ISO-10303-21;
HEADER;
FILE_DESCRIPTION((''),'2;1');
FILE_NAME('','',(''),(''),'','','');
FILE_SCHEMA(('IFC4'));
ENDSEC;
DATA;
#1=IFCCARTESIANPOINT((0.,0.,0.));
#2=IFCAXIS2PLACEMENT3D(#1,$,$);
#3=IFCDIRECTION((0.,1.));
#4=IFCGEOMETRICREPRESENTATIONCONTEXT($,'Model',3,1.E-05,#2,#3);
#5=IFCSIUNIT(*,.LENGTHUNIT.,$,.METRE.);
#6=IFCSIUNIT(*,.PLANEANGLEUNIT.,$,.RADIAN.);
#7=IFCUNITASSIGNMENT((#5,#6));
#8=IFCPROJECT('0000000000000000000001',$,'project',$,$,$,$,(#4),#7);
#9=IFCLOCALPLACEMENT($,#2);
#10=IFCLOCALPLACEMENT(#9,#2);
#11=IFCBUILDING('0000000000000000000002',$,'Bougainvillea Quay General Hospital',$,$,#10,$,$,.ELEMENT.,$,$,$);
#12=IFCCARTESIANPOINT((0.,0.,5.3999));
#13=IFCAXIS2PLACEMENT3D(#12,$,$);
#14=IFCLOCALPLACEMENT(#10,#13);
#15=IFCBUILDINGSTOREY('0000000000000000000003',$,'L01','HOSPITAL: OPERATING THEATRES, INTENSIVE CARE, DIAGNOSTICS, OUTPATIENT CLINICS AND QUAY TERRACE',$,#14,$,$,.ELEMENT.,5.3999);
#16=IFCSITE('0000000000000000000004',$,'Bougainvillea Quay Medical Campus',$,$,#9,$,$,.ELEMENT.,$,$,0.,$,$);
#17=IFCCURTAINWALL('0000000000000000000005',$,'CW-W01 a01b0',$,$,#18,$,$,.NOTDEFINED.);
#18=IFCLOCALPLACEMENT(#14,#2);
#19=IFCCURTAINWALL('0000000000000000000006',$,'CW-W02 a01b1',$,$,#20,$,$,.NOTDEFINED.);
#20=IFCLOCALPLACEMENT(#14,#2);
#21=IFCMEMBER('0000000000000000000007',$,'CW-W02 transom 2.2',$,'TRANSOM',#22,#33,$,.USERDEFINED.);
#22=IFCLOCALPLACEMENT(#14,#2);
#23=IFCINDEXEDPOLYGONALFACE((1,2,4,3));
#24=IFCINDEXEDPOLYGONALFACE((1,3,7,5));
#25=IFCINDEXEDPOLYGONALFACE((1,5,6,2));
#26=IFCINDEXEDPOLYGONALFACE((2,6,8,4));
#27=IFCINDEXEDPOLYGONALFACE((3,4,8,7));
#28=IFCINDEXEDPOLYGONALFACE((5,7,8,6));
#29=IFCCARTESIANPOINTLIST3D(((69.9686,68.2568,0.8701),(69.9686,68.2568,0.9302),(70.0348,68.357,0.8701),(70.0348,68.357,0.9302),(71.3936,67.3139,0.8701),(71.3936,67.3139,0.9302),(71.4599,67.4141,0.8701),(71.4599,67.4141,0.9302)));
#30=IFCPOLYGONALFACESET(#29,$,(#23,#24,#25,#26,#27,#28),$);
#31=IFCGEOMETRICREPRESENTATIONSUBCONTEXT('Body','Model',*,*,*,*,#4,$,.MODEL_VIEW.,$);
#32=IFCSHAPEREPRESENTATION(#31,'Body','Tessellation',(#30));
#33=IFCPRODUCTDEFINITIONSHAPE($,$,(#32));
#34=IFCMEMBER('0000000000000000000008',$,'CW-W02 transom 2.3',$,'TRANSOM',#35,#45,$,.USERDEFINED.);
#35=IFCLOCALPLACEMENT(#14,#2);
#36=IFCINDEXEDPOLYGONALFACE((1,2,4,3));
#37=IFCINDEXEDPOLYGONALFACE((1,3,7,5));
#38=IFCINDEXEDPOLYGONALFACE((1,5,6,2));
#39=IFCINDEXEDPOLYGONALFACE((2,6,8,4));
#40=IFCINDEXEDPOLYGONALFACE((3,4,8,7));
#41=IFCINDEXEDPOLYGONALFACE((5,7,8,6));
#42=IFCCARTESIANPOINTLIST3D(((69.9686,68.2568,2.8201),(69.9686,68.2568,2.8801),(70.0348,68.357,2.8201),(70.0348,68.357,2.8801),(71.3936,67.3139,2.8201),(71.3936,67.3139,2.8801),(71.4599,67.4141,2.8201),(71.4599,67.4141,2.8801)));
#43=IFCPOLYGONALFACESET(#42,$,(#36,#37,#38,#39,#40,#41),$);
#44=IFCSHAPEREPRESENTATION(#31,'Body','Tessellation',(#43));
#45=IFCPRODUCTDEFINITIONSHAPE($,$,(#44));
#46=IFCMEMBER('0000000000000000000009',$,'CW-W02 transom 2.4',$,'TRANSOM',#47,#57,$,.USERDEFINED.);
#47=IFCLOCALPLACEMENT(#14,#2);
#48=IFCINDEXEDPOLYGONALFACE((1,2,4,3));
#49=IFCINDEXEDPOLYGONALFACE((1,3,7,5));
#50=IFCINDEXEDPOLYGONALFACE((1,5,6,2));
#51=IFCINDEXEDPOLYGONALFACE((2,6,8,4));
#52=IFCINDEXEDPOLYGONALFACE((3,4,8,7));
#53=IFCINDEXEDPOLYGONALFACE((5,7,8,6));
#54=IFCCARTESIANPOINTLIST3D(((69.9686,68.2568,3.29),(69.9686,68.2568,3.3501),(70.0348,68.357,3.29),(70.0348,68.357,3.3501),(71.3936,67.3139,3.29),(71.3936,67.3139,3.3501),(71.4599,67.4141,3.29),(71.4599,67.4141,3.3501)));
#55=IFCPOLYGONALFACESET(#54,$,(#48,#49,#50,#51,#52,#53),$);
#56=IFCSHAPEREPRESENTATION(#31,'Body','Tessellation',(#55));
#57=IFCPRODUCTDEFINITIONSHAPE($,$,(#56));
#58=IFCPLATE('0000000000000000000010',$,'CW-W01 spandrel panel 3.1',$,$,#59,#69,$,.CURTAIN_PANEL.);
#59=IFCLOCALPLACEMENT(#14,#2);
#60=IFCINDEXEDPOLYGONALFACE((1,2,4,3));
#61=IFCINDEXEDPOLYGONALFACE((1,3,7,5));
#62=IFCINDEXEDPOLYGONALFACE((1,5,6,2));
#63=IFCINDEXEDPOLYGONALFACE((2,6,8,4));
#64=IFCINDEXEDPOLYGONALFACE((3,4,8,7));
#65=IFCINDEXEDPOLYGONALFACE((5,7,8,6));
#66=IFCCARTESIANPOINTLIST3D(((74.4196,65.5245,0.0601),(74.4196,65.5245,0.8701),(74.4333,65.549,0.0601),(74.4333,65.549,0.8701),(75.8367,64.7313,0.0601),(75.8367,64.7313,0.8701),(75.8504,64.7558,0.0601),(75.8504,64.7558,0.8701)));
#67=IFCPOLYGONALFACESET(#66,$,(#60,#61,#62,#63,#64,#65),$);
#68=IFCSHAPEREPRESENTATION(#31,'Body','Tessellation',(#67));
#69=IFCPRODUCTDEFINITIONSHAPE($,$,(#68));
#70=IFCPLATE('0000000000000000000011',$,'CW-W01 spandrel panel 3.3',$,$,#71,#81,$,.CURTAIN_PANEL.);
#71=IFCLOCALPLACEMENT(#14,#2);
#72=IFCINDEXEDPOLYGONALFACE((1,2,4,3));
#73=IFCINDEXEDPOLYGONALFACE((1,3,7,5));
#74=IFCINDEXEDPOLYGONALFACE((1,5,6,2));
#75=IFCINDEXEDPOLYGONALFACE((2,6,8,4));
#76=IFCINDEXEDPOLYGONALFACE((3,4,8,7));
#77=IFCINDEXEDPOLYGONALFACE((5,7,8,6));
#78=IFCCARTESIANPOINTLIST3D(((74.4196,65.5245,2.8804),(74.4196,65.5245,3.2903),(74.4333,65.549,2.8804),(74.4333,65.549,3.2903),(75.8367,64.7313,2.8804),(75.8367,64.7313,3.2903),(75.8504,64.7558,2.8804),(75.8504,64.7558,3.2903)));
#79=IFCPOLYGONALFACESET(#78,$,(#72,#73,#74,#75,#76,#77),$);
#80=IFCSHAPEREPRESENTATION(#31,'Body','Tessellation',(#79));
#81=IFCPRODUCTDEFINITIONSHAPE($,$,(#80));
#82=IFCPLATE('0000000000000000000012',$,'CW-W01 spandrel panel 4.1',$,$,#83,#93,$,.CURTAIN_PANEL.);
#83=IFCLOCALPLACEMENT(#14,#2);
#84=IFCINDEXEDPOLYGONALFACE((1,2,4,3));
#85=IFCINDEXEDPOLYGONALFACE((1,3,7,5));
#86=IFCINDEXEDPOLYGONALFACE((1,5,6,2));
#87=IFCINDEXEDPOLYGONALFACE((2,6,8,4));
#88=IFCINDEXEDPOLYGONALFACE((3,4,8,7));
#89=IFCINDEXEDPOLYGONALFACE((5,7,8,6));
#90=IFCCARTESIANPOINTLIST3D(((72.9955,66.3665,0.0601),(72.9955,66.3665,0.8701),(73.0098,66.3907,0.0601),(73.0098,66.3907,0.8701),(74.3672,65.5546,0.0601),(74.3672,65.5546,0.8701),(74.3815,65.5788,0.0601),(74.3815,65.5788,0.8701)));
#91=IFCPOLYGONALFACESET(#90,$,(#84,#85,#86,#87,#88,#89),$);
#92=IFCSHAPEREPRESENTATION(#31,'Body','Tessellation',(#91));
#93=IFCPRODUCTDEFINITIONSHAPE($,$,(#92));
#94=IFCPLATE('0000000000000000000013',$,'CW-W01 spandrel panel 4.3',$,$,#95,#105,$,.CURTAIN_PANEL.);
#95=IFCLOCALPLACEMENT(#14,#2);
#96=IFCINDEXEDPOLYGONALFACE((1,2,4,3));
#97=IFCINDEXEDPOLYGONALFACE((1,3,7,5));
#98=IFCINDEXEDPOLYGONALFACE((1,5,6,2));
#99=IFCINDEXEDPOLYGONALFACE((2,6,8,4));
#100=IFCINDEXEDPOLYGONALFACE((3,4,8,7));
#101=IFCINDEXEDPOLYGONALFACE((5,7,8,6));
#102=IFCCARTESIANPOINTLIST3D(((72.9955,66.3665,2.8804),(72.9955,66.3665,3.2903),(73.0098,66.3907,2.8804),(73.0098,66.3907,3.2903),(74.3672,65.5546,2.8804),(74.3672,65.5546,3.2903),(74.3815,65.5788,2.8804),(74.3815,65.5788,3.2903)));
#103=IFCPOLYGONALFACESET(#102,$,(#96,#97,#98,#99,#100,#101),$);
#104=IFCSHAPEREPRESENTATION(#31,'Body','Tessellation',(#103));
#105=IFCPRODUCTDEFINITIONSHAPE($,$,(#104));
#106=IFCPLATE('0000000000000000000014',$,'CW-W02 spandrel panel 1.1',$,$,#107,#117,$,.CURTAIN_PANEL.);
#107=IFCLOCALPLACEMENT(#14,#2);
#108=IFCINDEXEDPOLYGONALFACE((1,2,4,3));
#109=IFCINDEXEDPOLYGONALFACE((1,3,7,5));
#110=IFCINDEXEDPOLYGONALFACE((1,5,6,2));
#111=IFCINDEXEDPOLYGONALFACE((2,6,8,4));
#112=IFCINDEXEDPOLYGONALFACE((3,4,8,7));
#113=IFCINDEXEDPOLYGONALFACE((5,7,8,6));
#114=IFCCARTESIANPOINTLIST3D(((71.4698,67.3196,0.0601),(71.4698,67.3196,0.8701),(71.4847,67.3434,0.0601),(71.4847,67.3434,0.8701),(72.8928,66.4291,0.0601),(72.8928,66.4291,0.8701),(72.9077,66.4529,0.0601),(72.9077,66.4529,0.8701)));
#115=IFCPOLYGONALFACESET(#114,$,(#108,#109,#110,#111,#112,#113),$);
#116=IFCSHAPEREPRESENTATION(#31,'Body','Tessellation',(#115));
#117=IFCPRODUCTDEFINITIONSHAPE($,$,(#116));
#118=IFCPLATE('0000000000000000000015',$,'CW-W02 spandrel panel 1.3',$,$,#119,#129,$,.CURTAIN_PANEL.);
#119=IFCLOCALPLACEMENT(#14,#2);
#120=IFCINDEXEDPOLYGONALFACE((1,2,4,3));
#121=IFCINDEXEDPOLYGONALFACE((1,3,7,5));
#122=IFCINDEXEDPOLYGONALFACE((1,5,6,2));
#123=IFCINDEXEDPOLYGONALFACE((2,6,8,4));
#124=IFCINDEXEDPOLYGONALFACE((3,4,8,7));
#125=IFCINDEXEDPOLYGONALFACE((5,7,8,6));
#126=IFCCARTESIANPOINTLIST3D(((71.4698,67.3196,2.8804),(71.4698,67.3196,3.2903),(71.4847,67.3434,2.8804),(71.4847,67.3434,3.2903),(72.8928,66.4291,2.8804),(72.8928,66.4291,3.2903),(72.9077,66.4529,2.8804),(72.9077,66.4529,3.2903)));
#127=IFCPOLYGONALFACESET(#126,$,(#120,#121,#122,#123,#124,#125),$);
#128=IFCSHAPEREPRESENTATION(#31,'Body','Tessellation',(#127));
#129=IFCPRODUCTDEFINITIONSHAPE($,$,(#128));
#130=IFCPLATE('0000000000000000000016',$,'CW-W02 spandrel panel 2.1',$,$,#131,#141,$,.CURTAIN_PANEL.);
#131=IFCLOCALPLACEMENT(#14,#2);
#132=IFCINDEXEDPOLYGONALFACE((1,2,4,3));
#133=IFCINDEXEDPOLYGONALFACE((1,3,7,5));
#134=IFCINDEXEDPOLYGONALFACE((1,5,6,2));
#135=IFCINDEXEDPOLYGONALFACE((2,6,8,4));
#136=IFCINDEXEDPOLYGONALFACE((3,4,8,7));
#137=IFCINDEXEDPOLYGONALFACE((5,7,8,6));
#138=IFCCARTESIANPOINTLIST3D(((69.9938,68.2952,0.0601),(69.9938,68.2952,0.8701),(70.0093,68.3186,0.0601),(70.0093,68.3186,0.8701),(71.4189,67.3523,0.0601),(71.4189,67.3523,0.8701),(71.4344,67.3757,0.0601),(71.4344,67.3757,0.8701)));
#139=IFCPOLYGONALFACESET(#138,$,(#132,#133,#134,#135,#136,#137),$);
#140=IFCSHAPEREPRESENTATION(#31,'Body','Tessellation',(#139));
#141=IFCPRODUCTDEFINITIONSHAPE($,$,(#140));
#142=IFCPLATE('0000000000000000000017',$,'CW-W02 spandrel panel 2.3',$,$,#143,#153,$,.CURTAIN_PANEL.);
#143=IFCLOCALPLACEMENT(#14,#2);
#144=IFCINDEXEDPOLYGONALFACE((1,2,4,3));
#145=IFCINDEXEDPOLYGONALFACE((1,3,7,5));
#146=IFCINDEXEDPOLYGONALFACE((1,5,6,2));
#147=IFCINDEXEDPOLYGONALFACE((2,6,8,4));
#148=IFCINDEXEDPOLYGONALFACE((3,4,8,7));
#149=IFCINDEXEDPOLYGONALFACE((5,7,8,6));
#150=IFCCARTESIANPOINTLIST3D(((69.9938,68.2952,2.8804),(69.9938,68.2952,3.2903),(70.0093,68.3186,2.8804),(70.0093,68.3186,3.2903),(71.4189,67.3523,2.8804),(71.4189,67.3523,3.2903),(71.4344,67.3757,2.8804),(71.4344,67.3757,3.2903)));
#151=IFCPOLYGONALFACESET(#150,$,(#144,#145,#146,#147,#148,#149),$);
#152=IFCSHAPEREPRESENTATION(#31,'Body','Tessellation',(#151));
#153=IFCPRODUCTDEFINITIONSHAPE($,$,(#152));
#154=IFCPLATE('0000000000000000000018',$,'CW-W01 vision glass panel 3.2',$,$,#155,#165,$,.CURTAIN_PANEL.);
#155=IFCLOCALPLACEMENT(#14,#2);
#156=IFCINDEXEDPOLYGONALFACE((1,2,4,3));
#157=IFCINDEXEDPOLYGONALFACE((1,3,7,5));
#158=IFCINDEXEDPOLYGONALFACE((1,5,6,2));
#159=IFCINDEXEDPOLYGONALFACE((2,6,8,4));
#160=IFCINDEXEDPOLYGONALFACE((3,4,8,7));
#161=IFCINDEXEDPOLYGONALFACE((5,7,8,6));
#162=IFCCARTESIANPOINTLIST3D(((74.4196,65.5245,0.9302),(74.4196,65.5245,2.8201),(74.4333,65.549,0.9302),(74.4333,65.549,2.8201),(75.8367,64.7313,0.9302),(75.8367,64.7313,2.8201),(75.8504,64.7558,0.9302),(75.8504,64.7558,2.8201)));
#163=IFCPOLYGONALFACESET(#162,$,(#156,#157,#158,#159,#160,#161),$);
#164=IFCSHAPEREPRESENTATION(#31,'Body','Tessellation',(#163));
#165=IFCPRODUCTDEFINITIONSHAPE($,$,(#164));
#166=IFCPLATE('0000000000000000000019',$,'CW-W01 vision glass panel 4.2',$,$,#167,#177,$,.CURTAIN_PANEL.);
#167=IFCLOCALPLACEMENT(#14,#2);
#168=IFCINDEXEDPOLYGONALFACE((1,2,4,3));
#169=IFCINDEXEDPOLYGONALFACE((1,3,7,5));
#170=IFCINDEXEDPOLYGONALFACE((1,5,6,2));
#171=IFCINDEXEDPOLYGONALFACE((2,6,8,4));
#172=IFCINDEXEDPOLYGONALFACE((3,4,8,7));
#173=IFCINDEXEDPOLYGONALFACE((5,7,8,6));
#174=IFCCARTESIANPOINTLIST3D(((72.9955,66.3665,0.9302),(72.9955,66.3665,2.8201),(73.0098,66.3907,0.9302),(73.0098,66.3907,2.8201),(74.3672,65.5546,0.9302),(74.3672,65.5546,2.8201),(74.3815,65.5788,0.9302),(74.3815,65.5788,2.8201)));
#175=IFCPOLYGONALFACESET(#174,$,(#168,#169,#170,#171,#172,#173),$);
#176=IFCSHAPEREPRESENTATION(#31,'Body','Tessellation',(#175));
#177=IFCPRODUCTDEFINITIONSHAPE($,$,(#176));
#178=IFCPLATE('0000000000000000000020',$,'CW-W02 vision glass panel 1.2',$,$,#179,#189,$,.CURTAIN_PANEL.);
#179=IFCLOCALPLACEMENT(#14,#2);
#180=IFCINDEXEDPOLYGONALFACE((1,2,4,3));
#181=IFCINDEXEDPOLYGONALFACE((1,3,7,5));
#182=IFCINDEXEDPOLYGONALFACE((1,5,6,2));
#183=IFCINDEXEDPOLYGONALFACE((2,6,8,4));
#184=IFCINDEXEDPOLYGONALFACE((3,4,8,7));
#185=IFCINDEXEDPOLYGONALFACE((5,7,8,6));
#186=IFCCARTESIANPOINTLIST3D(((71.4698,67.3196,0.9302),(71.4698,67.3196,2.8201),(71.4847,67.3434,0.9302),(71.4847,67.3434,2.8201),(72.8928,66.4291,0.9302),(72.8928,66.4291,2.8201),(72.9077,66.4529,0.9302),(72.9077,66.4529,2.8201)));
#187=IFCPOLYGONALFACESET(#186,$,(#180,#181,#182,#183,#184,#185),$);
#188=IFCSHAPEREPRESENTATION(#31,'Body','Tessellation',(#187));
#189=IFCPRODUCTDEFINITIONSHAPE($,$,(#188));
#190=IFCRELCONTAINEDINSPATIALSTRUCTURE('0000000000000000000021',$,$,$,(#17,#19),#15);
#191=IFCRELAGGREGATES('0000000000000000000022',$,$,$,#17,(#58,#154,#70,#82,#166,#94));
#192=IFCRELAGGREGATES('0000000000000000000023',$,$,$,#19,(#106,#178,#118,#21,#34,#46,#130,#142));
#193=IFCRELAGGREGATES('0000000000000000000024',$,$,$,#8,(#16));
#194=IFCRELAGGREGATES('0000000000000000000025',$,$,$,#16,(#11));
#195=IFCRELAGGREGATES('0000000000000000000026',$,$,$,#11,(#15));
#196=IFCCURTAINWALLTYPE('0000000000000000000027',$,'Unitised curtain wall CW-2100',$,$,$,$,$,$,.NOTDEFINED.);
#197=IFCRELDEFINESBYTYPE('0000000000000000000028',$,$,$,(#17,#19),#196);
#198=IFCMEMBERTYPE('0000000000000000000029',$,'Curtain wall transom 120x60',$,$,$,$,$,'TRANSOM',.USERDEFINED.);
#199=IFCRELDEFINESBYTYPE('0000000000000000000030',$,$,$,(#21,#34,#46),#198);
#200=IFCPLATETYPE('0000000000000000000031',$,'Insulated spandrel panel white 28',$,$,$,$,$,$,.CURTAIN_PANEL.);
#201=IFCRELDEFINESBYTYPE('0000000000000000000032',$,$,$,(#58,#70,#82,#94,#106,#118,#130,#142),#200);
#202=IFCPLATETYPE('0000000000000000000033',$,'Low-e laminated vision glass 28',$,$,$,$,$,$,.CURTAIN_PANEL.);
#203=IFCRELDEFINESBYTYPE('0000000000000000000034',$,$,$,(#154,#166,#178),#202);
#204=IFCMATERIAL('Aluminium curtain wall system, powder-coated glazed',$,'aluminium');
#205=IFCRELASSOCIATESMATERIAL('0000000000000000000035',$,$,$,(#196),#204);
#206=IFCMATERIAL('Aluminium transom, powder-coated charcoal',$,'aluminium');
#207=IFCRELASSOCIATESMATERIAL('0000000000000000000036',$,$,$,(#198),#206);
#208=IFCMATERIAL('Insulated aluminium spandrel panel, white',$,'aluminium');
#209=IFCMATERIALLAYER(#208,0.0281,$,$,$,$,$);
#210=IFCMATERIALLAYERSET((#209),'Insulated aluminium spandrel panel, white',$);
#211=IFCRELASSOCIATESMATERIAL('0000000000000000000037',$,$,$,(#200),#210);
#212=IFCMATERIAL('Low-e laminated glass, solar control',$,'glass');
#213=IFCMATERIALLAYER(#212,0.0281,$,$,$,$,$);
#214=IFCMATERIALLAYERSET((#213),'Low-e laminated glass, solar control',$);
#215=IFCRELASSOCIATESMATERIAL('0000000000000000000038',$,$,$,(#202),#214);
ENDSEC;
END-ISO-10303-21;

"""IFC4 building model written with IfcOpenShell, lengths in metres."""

from ifc_helpers import new_model, si_unit, direction, frame, origin, origin_2d, place, context, subcontext, project, spatial, rectangle, extrude, material, layer, layer_set, material_profile, profile_set, type_object, element, aggregate, save


model = new_model("IFC4")

# Units and contexts
model_context = context("Model", 3, precision=1e-05, world=origin(), true_north=direction((0.0, 1.0)))
body_context = subcontext(model_context, "Body", "Model", "MODEL_VIEW")
ifc_project = project(units=[si_unit("LENGTHUNIT", "METRE"), si_unit("PLANEANGLEUNIT", "RADIAN")], contexts=[model_context])

# Site, building, storey
site_placement = place(None, origin())
site = spatial("IfcSite", under=ifc_project, at=site_placement, Name="Bougainvillea Quay Medical Campus", CompositionType="ELEMENT", RefElevation=0.0)
building_placement = place(site_placement, origin())
building = spatial("IfcBuilding", under=site, at=building_placement, Name="Bougainvillea Quay General Hospital", CompositionType="ELEMENT")
storey_placement = place(building_placement, frame((0.0, 0.0, 5.3999)))
storey = spatial("IfcBuildingStorey", under=building, at=storey_placement, Name="L01", Description="HOSPITAL: OPERATING THEATRES, INTENSIVE CARE, DIAGNOSTICS, OUTPATIENT CLINICS AND QUAY TERRACE", CompositionType="ELEMENT", Elevation=5.3999)

# Curtain walls
ifc_material_1 = material(Name="Aluminium curtain wall system, powder-coated glazed", Category="aluminium")
curtain_wall_type = type_object("IfcCurtainWallType", Name="Unitised curtain wall CW-2100", PredefinedType="NOTDEFINED", material=ifc_material_1)
curtain_wall_1_placement = place(storey_placement, origin())
curtain_wall_1 = element("IfcCurtainWall", 1, at=curtain_wall_1_placement, inside=storey, type_object=curtain_wall_type, Name="CW-W01 a01b0", PredefinedType="NOTDEFINED")
curtain_wall_2_placement = place(storey_placement, origin())
curtain_wall_2 = element("IfcCurtainWall", 2, at=curtain_wall_2_placement, inside=storey, type_object=curtain_wall_type, Name="CW-W02 a01b1", PredefinedType="NOTDEFINED")

# Members
ifc_material_2 = material(Name="Aluminium transom, powder-coated charcoal", Category="aluminium")
ifc_material_profile_1 = material_profile(ifc_material_2, rectangle(XDim=0.1201, YDim=0.0601, at=origin_2d()))
ifc_profile_set_1 = profile_set([ifc_material_profile_1], Name="Aluminium transom, powder-coated charcoal")
member_type_1 = type_object("IfcMemberType", Name="Curtain wall transom 120x60", ElementType="TRANSOM", PredefinedType="USERDEFINED", material=ifc_profile_set_1)
member_1_placement = place(storey_placement, frame((71.4268, 67.364, 0.9001), z_axis=(-0.83398, 0.551795, 0.0), x_axis=(-0.551795, -0.83398, 0.0)))
member_1 = element("IfcMember", 3, at=member_1_placement, type_object=member_type_1, Name="CW-W02 transom 2.2", ObjectType="TRANSOM", PredefinedType="USERDEFINED", context=body_context, shape_type="SweptSolid", body=[
    extrude(rectangle(XDim=0.1201, YDim=0.0601, at=origin_2d()), origin(), (0.0, 0.0, 1.0), 1.7087),
])
member_2_placement = place(storey_placement, frame((71.4268, 67.364, 2.8501), z_axis=(-0.83398, 0.551795, 0.0), x_axis=(-0.551795, -0.83398, 0.0)))
member_2 = element("IfcMember", 4, at=member_2_placement, type_object=member_type_1, Name="CW-W02 transom 2.3", ObjectType="TRANSOM", PredefinedType="USERDEFINED", context=body_context, shape_type="SweptSolid", body=[
    extrude(rectangle(XDim=0.1201, YDim=0.0601, at=origin_2d()), origin(), (0.0, 0.0, 1.0), 1.7087),
])
member_3_placement = place(storey_placement, frame((71.4268, 67.364, 3.3201), z_axis=(-0.83398, 0.551795, 0.0), x_axis=(-0.551795, -0.83398, 0.0)))
member_3 = element("IfcMember", 5, at=member_3_placement, type_object=member_type_1, Name="CW-W02 transom 2.4", ObjectType="TRANSOM", PredefinedType="USERDEFINED", context=body_context, shape_type="SweptSolid", body=[
    extrude(rectangle(XDim=0.1201, YDim=0.0601, at=origin_2d()), origin(), (0.0, 0.0, 1.0), 1.7087),
])

# Plates
ifc_material_3 = material(Name="Insulated aluminium spandrel panel, white", Category="aluminium")
ifc_layer_1 = layer(ifc_material_3, 0.0281)
ifc_layer_set_1 = layer_set([ifc_layer_1], Name="Insulated aluminium spandrel panel, white")
plate_type_1 = type_object("IfcPlateType", Name="Insulated spandrel panel white 28", PredefinedType="CURTAIN_PANEL", material=ifc_layer_set_1)
plate_1_placement = place(storey_placement, frame((75.135, 65.1401, 0.0601), z_axis=(0.0, 0.0, 1.0), x_axis=(-0.872608, 0.488422, 0.0)))
plate_1 = element("IfcPlate", 6, at=plate_1_placement, type_object=plate_type_1, Name="CW-W01 spandrel panel 3.1", PredefinedType="CURTAIN_PANEL", context=body_context, shape_type="SweptSolid", body=[
    extrude(rectangle(XDim=1.624, YDim=0.0281, at=origin_2d()), origin(), (0.0, 0.0, 1.0), 0.8101),
])
plate_2_placement = place(storey_placement, frame((75.135, 65.1401, 2.8804), z_axis=(0.0, 0.0, 1.0), x_axis=(-0.872608, 0.488422, 0.0)))
plate_2 = element("IfcPlate", 7, at=plate_2_placement, type_object=plate_type_1, Name="CW-W01 spandrel panel 3.3", PredefinedType="CURTAIN_PANEL", context=body_context, shape_type="SweptSolid", body=[
    extrude(rectangle(XDim=1.624, YDim=0.0281, at=origin_2d()), origin(), (0.0, 0.0, 1.0), 0.4099),
])
plate_3_placement = place(storey_placement, frame((73.6885, 65.9727, 0.0601), z_axis=(0.0, 0.0, 1.0), x_axis=(-0.860562, 0.509346, 0.0)))
plate_3 = element("IfcPlate", 8, at=plate_3_placement, type_object=plate_type_1, Name="CW-W01 spandrel panel 4.1", PredefinedType="CURTAIN_PANEL", context=body_context, shape_type="SweptSolid", body=[
    extrude(rectangle(XDim=1.594, YDim=0.0281, at=origin_2d()), origin(), (0.0, 0.0, 1.0), 0.8101),
])
plate_4_placement = place(storey_placement, frame((73.6885, 65.9727, 2.8804), z_axis=(0.0, 0.0, 1.0), x_axis=(-0.860562, 0.509346, 0.0)))
plate_4 = element("IfcPlate", 9, at=plate_4_placement, type_object=plate_type_1, Name="CW-W01 spandrel panel 4.3", PredefinedType="CURTAIN_PANEL", context=body_context, shape_type="SweptSolid", body=[
    extrude(rectangle(XDim=1.594, YDim=0.0281, at=origin_2d()), origin(), (0.0, 0.0, 1.0), 0.4099),
])
plate_5_placement = place(storey_placement, frame((72.1887, 66.8862, 0.0601), z_axis=(0.0, 0.0, 1.0), x_axis=(-0.847692, 0.530489, 0.0)))
plate_5 = element("IfcPlate", 10, at=plate_5_placement, type_object=plate_type_1, Name="CW-W02 spandrel panel 1.1", PredefinedType="CURTAIN_PANEL", context=body_context, shape_type="SweptSolid", body=[
    extrude(rectangle(XDim=1.6787, YDim=0.0281, at=origin_2d()), origin(), (0.0, 0.0, 1.0), 0.8101),
])
plate_6_placement = place(storey_placement, frame((72.1887, 66.8862, 2.8804), z_axis=(0.0, 0.0, 1.0), x_axis=(-0.847692, 0.530489, 0.0)))
plate_6 = element("IfcPlate", 11, at=plate_6_placement, type_object=plate_type_1, Name="CW-W02 spandrel panel 1.3", PredefinedType="CURTAIN_PANEL", context=body_context, shape_type="SweptSolid", body=[
    extrude(rectangle(XDim=1.6787, YDim=0.0281, at=origin_2d()), origin(), (0.0, 0.0, 1.0), 0.4099),
])
plate_7_placement = place(storey_placement, frame((70.7141, 67.8354, 0.0601), z_axis=(0.0, 0.0, 1.0), x_axis=(-0.833968, 0.551813, 0.0)))
plate_7 = element("IfcPlate", 12, at=plate_7_placement, type_object=plate_type_1, Name="CW-W02 spandrel panel 2.1", PredefinedType="CURTAIN_PANEL", context=body_context, shape_type="SweptSolid", body=[
    extrude(rectangle(XDim=1.7087, YDim=0.0281, at=origin_2d()), origin(), (0.0, 0.0, 1.0), 0.8101),
])
plate_8_placement = place(storey_placement, frame((70.7141, 67.8354, 2.8804), z_axis=(0.0, 0.0, 1.0), x_axis=(-0.833968, 0.551813, 0.0)))
plate_8 = element("IfcPlate", 13, at=plate_8_placement, type_object=plate_type_1, Name="CW-W02 spandrel panel 2.3", PredefinedType="CURTAIN_PANEL", context=body_context, shape_type="SweptSolid", body=[
    extrude(rectangle(XDim=1.7087, YDim=0.0281, at=origin_2d()), origin(), (0.0, 0.0, 1.0), 0.4099),
])
ifc_material_4 = material(Name="Low-e laminated glass, solar control", Category="glass")
ifc_layer_2 = layer(ifc_material_4, 0.0281)
ifc_layer_set_2 = layer_set([ifc_layer_2], Name="Low-e laminated glass, solar control")
plate_type_2 = type_object("IfcPlateType", Name="Low-e laminated vision glass 28", PredefinedType="CURTAIN_PANEL", material=ifc_layer_set_2)
plate_9_placement = place(storey_placement, frame((75.135, 65.1401, 0.9302), z_axis=(0.0, 0.0, 1.0), x_axis=(-0.872608, 0.488422, 0.0)))
plate_9 = element("IfcPlate", 14, at=plate_9_placement, type_object=plate_type_2, Name="CW-W01 vision glass panel 3.2", PredefinedType="CURTAIN_PANEL", context=body_context, shape_type="SweptSolid", body=[
    extrude(rectangle(XDim=1.624, YDim=0.0281, at=origin_2d()), origin(), (0.0, 0.0, 1.0), 1.8899),
])
plate_10_placement = place(storey_placement, frame((73.6885, 65.9727, 0.9302), z_axis=(0.0, 0.0, 1.0), x_axis=(-0.860562, 0.509346, 0.0)))
plate_10 = element("IfcPlate", 15, at=plate_10_placement, type_object=plate_type_2, Name="CW-W01 vision glass panel 4.2", PredefinedType="CURTAIN_PANEL", context=body_context, shape_type="SweptSolid", body=[
    extrude(rectangle(XDim=1.594, YDim=0.0281, at=origin_2d()), origin(), (0.0, 0.0, 1.0), 1.8899),
])
aggregate(curtain_wall_1, [plate_1, plate_9, plate_2, plate_3, plate_10, plate_4])
plate_11_placement = place(storey_placement, frame((72.1887, 66.8862, 0.9302), z_axis=(0.0, 0.0, 1.0), x_axis=(-0.847692, 0.530489, 0.0)))
plate_11 = element("IfcPlate", 16, at=plate_11_placement, type_object=plate_type_2, Name="CW-W02 vision glass panel 1.2", PredefinedType="CURTAIN_PANEL", context=body_context, shape_type="SweptSolid", body=[
    extrude(rectangle(XDim=1.6787, YDim=0.0281, at=origin_2d()), origin(), (0.0, 0.0, 1.0), 1.8899),
])
aggregate(curtain_wall_2, [plate_5, plate_11, plate_6, member_1, member_2, member_3, plate_7, plate_8])

save(model, "model.ifc")
